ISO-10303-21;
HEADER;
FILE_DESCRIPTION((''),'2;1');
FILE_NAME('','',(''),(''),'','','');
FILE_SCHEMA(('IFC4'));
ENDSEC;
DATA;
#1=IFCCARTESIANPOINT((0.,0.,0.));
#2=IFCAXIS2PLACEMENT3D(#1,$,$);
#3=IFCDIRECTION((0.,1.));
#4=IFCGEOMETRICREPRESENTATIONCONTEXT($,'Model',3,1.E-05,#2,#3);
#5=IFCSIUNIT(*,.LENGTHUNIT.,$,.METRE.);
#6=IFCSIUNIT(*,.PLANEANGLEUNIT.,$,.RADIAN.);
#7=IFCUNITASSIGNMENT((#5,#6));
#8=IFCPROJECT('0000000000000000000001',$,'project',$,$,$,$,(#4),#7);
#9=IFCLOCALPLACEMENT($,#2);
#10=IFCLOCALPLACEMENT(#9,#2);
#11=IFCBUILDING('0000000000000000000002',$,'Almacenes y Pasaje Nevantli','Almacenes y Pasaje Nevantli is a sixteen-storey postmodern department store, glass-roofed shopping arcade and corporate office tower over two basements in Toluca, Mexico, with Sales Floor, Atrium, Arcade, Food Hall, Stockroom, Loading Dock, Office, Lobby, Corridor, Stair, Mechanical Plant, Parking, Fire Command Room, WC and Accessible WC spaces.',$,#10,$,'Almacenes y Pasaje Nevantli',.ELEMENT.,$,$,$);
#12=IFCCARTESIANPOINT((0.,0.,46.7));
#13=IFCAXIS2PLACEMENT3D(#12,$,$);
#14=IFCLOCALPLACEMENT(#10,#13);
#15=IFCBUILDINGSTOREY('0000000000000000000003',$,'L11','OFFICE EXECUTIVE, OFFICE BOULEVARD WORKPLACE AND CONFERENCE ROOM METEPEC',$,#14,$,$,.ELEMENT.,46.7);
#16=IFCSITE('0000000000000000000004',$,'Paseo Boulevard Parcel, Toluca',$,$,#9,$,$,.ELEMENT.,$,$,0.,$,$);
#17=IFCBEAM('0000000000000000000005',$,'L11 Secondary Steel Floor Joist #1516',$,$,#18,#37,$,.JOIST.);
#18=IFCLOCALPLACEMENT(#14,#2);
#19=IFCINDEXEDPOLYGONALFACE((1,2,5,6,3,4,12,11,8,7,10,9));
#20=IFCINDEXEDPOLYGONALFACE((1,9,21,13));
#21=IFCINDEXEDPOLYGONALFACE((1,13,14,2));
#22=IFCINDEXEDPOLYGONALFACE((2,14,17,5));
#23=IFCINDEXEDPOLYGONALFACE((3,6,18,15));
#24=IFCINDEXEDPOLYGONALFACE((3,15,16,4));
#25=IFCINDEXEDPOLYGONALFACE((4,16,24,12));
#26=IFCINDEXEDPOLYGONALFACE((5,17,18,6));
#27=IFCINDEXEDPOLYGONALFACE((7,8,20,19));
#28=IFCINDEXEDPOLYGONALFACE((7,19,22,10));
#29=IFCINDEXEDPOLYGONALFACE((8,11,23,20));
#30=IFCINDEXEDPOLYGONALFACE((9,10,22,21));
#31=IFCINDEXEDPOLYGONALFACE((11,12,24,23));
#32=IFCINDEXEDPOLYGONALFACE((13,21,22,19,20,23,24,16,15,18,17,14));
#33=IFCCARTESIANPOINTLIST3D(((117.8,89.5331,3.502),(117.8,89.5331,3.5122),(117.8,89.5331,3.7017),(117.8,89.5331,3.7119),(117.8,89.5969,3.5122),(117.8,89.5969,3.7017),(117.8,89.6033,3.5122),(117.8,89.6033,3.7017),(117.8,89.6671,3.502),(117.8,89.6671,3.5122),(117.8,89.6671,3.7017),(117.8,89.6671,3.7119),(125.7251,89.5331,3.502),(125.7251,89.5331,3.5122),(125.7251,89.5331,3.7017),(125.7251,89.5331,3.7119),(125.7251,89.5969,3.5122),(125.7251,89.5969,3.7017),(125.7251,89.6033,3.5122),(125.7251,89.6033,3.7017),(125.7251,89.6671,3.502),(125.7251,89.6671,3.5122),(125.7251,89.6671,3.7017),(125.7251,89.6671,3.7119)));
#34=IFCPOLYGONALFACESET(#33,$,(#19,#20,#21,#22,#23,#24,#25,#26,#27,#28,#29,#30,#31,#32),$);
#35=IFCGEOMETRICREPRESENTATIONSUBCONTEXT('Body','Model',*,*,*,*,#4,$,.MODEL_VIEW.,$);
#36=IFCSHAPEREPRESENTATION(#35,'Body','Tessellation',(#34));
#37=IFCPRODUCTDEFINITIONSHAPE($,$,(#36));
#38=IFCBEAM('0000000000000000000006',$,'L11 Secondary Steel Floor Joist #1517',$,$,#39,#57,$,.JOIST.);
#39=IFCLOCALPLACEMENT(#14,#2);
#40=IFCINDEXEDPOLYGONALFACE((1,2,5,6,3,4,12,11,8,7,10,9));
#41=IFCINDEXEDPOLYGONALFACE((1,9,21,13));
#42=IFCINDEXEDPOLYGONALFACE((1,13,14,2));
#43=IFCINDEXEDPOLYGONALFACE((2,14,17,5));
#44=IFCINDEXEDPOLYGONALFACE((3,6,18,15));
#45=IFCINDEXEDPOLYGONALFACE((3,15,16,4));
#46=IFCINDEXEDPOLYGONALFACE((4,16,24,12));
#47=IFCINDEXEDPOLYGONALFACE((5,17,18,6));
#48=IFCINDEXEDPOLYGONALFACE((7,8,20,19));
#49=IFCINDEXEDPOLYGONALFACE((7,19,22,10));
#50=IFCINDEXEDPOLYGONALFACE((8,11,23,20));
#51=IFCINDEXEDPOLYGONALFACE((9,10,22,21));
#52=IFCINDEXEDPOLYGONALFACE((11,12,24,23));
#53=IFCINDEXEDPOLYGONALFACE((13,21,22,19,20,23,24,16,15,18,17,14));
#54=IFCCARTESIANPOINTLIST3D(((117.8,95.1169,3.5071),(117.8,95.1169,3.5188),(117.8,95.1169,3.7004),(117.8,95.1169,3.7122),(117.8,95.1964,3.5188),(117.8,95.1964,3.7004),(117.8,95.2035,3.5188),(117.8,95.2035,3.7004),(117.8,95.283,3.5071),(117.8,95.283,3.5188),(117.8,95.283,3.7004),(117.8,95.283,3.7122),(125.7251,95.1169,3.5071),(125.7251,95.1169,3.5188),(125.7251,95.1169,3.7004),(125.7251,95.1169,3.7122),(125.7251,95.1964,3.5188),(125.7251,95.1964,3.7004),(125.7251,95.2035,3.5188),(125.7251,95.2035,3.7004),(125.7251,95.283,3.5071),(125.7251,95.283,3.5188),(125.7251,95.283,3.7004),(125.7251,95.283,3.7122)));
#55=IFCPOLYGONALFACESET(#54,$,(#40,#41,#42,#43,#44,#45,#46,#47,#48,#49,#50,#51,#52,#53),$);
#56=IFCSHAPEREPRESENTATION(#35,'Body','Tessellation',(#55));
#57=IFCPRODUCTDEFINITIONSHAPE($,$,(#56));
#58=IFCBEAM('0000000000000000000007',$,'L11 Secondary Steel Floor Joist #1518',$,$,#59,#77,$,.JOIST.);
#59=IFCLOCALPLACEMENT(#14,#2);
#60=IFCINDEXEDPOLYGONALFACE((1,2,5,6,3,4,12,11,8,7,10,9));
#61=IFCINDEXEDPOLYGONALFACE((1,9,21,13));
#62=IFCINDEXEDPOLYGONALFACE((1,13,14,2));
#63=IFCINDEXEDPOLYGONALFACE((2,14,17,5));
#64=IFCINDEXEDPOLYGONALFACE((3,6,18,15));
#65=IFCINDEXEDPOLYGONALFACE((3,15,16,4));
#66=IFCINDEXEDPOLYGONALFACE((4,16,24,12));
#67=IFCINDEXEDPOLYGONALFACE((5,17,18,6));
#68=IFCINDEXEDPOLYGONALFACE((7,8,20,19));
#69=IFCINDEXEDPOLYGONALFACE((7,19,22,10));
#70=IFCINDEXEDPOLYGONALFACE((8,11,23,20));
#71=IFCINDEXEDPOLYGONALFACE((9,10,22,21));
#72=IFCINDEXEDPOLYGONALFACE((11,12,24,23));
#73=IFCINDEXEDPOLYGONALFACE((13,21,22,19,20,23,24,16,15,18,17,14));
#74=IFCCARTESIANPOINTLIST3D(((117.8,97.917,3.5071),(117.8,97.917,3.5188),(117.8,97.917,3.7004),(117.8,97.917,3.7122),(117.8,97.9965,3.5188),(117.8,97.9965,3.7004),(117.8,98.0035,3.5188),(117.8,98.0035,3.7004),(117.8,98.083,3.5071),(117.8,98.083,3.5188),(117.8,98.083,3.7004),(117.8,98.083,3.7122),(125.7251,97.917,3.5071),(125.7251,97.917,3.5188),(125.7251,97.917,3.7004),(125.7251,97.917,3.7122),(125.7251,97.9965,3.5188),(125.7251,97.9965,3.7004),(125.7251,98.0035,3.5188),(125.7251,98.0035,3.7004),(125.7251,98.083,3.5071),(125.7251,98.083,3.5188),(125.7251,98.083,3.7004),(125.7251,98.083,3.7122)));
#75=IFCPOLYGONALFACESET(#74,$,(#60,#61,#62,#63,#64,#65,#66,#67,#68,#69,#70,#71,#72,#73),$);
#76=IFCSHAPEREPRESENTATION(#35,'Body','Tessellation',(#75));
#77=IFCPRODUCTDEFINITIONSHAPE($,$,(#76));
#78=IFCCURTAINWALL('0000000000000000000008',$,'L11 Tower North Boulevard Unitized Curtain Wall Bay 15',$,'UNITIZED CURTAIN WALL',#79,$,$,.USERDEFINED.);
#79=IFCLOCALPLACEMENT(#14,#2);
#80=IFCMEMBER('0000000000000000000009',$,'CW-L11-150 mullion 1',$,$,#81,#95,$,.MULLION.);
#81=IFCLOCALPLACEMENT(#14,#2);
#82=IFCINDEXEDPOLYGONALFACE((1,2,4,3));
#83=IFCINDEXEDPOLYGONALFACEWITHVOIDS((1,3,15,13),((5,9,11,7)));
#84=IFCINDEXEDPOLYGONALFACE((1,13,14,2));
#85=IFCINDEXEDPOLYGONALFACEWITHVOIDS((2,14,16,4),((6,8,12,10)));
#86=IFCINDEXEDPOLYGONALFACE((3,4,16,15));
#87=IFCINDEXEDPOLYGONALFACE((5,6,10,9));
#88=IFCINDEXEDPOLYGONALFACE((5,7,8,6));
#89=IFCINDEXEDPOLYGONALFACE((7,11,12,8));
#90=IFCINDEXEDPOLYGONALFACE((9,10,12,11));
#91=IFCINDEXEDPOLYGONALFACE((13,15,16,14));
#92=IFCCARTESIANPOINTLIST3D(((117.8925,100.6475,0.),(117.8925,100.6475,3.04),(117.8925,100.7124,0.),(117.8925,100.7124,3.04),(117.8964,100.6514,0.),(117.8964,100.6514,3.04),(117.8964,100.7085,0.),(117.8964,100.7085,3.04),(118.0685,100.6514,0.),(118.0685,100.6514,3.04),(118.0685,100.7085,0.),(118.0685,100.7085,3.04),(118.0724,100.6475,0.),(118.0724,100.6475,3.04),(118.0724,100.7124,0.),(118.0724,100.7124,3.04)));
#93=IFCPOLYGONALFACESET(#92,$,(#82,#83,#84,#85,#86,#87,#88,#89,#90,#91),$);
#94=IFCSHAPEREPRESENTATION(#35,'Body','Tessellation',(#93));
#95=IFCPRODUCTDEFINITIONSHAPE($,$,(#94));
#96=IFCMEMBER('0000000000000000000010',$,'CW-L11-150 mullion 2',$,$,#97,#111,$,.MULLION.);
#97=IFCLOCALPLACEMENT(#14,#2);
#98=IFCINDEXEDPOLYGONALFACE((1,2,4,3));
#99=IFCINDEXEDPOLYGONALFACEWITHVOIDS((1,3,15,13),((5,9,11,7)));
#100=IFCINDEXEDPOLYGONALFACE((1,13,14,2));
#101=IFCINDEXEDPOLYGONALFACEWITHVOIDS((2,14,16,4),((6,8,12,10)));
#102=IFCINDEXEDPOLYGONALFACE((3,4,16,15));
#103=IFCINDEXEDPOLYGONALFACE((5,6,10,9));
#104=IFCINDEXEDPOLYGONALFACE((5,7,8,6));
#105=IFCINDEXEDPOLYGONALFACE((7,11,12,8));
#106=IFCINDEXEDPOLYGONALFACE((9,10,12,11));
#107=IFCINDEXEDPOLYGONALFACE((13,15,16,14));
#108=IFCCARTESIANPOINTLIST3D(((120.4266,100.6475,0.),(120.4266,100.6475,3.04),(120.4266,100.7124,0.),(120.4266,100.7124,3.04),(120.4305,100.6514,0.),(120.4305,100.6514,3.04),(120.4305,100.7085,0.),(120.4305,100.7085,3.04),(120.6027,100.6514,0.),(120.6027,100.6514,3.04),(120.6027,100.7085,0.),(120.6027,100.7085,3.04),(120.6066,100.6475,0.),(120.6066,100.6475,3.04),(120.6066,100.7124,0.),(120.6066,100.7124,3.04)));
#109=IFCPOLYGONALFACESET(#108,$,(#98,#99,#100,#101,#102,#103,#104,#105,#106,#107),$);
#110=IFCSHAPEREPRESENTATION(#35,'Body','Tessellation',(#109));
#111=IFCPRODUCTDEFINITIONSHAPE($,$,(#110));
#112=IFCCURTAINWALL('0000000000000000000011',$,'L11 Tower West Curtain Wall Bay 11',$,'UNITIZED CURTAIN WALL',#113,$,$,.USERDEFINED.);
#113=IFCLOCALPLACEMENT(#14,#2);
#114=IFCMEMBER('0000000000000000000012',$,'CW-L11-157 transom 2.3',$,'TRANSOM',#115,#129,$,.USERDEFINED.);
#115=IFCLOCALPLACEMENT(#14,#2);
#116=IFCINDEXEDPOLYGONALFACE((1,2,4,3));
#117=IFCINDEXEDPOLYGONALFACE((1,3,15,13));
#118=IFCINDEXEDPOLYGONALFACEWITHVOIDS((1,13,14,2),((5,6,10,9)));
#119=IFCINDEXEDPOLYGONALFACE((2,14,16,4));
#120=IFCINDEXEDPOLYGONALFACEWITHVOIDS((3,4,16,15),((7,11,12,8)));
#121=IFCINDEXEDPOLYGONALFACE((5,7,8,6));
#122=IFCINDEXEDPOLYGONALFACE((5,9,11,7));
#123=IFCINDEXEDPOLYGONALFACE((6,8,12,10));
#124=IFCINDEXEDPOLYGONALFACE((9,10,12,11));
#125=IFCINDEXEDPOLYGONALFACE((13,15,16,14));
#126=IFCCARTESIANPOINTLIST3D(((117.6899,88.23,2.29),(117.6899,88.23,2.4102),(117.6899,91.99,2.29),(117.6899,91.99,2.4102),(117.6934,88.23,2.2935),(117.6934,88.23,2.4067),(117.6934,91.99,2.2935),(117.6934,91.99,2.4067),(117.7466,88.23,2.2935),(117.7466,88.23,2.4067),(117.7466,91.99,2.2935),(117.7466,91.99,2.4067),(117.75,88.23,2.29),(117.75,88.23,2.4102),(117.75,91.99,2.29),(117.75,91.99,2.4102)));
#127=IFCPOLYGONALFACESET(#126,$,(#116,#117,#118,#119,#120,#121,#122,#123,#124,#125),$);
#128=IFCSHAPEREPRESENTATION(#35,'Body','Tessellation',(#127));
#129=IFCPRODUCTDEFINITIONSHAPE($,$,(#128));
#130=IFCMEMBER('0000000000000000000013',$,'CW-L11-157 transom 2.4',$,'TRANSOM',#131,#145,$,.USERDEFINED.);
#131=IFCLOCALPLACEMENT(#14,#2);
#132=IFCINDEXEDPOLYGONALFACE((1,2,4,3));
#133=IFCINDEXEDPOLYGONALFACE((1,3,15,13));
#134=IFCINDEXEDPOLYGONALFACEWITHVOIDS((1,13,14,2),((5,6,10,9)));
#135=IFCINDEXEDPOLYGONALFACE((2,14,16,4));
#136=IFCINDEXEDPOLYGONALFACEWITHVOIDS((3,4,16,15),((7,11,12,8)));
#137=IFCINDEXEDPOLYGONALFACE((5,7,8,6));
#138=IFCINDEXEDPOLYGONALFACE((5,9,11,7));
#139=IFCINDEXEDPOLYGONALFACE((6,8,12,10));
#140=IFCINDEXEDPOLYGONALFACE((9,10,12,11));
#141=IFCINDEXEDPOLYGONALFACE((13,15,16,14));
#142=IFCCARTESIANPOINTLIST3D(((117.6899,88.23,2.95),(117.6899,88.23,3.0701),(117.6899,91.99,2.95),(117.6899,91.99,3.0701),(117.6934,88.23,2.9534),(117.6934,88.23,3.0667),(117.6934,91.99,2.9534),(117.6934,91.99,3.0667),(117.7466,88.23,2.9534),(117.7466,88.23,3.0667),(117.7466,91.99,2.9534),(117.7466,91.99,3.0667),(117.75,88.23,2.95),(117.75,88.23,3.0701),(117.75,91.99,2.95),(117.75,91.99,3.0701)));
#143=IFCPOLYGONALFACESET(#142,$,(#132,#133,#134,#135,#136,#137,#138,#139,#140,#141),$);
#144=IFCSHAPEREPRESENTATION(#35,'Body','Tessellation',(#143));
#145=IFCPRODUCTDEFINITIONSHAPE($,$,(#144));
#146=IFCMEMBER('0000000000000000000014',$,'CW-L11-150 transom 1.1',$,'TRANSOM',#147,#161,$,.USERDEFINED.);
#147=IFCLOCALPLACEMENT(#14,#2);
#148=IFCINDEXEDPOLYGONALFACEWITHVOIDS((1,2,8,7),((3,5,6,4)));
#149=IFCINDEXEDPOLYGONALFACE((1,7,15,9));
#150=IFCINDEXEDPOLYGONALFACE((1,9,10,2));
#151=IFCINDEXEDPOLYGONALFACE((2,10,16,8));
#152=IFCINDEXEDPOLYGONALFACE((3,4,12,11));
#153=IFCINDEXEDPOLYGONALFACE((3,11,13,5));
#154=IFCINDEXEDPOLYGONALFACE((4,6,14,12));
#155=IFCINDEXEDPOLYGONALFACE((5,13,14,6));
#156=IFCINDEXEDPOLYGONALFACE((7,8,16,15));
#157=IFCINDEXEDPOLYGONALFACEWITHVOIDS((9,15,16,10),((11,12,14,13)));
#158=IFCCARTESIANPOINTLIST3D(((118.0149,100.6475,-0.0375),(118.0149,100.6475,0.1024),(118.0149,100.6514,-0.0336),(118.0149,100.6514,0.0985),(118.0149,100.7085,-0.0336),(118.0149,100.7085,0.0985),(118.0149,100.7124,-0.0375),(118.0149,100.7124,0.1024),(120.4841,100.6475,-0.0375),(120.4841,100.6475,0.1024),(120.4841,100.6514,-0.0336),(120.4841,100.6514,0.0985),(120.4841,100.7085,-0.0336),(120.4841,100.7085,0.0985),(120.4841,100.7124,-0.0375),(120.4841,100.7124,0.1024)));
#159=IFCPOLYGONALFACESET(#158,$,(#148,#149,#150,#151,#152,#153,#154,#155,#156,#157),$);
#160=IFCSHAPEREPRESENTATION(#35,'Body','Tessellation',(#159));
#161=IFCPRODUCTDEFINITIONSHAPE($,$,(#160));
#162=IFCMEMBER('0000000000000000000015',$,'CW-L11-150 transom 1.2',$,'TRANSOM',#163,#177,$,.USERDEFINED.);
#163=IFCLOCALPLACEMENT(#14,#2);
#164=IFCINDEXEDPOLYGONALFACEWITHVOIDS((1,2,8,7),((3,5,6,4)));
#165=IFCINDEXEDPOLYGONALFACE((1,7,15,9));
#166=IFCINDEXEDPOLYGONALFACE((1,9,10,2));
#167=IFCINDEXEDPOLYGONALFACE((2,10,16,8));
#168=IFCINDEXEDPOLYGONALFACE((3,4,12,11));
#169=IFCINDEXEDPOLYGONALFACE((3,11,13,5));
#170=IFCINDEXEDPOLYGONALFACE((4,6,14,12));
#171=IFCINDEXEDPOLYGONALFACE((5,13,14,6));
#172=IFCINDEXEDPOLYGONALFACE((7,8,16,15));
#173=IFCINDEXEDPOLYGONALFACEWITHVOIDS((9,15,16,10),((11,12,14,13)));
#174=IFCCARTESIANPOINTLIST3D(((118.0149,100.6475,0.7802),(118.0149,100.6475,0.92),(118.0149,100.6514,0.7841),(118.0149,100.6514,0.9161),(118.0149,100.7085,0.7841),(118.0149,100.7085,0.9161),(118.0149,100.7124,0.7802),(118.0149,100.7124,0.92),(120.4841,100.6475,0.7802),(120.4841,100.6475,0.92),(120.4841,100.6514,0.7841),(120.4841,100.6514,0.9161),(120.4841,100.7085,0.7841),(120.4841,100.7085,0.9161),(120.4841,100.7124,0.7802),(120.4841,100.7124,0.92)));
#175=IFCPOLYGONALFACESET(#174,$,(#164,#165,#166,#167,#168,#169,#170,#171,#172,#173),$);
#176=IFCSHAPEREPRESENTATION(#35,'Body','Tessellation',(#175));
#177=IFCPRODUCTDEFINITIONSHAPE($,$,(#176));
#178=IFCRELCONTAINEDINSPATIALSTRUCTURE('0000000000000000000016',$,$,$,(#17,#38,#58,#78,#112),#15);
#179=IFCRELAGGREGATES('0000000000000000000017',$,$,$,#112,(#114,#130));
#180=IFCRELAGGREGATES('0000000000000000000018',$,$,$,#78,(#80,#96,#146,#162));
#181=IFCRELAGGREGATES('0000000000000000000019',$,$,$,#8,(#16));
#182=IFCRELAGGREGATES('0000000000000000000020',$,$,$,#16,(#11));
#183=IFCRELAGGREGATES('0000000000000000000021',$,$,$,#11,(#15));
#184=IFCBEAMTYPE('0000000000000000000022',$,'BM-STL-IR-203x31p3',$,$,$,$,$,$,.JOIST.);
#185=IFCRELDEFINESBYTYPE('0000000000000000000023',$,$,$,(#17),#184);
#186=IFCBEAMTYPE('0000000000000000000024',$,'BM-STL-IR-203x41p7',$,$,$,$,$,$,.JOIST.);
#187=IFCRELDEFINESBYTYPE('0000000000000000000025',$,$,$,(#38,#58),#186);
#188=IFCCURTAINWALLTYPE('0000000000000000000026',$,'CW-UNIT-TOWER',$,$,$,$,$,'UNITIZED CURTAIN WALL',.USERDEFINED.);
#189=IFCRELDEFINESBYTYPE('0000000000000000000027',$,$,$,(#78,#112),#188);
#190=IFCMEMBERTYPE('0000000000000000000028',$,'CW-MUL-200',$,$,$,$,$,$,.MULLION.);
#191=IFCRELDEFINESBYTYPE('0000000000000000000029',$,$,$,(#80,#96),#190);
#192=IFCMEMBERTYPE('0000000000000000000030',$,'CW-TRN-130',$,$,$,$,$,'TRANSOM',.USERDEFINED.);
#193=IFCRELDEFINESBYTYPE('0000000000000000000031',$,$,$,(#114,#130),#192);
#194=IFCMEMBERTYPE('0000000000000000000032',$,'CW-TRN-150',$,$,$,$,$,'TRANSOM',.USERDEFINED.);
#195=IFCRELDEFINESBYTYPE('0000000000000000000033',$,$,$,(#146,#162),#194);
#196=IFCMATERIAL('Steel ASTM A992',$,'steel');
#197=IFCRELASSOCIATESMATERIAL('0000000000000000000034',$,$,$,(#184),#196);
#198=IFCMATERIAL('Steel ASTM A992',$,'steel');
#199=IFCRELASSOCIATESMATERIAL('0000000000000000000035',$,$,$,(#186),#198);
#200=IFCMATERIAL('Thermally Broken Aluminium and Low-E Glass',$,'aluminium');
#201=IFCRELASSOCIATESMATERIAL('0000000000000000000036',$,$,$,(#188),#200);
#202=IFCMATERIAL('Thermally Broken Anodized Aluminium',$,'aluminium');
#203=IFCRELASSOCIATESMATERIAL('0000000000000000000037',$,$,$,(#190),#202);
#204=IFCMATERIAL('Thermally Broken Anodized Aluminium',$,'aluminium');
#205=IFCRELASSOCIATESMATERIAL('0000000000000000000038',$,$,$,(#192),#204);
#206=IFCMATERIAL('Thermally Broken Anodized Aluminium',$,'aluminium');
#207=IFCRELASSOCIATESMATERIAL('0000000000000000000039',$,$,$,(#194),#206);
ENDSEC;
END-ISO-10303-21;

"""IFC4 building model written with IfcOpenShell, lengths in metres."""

from ifc_helpers import new_model, si_unit, direction, frame, origin, origin_2d, place, context, subcontext, project, spatial, hollow_rectangle, i_section, extrude, material, material_profile, profile_set, type_object, element, aggregate, save


model = new_model("IFC4")

# Units and contexts
model_context = context("Model", 3, precision=1e-05, world=origin(), true_north=direction((0.0, 1.0)))
body_context = subcontext(model_context, "Body", "Model", "MODEL_VIEW")
ifc_project = project(units=[si_unit("LENGTHUNIT", "METRE"), si_unit("PLANEANGLEUNIT", "RADIAN")], contexts=[model_context])

# Site, building, storey
site_placement = place(None, origin())
site = spatial("IfcSite", under=ifc_project, at=site_placement, Name="Paseo Boulevard Parcel, Toluca", CompositionType="ELEMENT", RefElevation=0.0)
building_placement = place(site_placement, origin())
building = spatial("IfcBuilding", under=site, at=building_placement, Name="Almacenes y Pasaje Nevantli", Description="Almacenes y Pasaje Nevantli is a sixteen-storey postmodern department store, glass-roofed shopping arcade and corporate office tower over two basements in Toluca, Mexico, with Sales Floor, Atrium, Arcade, Food Hall, Stockroom, Loading Dock, Office, Lobby, Corridor, Stair, Mechanical Plant, Parking, Fire Command Room, WC and Accessible WC spaces.", LongName="Almacenes y Pasaje Nevantli", CompositionType="ELEMENT")
storey_placement = place(building_placement, frame((0.0, 0.0, 46.7)))
storey = spatial("IfcBuildingStorey", under=building, at=storey_placement, Name="L11", Description="OFFICE EXECUTIVE, OFFICE BOULEVARD WORKPLACE AND CONFERENCE ROOM METEPEC", CompositionType="ELEMENT", Elevation=46.7)

# Beams
ifc_material_1 = material(Name="Steel ASTM A992", Category="steel")
ifc_material_profile_1 = material_profile(ifc_material_1, i_section(OverallWidth=0.134, OverallDepth=0.21, WebThickness=0.0063, FlangeThickness=0.0103, at=origin_2d()), Name="IR 203x31.3")
ifc_profile_set_1 = profile_set([ifc_material_profile_1], Name="Steel ASTM A992")
beam_type_1 = type_object("IfcBeamType", Name="BM-STL-IR-203x31p3", PredefinedType="JOIST", material=ifc_profile_set_1)
beam_placement = place(storey_placement, frame((117.8, 89.6001, 3.6069), z_axis=(1.0, 0.0, 0.0), x_axis=(0.0, 1.0, 0.0)))
element("IfcBeam", 1, at=beam_placement, inside=storey, type_object=beam_type_1, Name="L11 Secondary Steel Floor Joist #1516", PredefinedType="JOIST", context=body_context, shape_type="SweptSolid", body=[
    extrude(i_section(OverallWidth=0.134, OverallDepth=0.21, WebThickness=0.0063, FlangeThickness=0.0103, at=origin_2d()), origin(), (0.0, 0.0, 1.0), 7.925),
])
ifc_material_2 = material(Name="Steel ASTM A992", Category="steel")
ifc_material_profile_2 = material_profile(ifc_material_2, i_section(OverallWidth=0.166, OverallDepth=0.2051, WebThickness=0.0071, FlangeThickness=0.0117, at=origin_2d()), Name="IR 203x41.7")
ifc_profile_set_2 = profile_set([ifc_material_profile_2], Name="Steel ASTM A992")
beam_type_2 = type_object("IfcBeamType", Name="BM-STL-IR-203x41p7", PredefinedType="JOIST", material=ifc_profile_set_2)
for number, where, z_axis, x_axis, name in (
    (2, (117.8, 95.2, 3.6096), (1.0, 0.0, 0.0), (0.0, 1.0, 0.0), "L11 Secondary Steel Floor Joist #1517"),
    (3, (117.8, 98.0, 3.6096), (1.0, 0.0, 0.0), (0.0, 1.0, 0.0), "L11 Secondary Steel Floor Joist #1518"),
):
    element("IfcBeam", number, at=place(storey_placement, frame(where, z_axis=z_axis, x_axis=x_axis)), inside=storey, type_object=beam_type_2, Name=name, PredefinedType="JOIST", context=body_context, shape_type="SweptSolid", body=[
        extrude(i_section(OverallWidth=0.166, OverallDepth=0.2051, WebThickness=0.0071, FlangeThickness=0.0117, at=origin_2d()), origin(), (0.0, 0.0, 1.0), 7.925),
    ])

# Curtain walls, members
ifc_material_3 = material(Name="Thermally Broken Aluminium and Low-E Glass", Category="aluminium")
curtain_wall_type = type_object("IfcCurtainWallType", Name="CW-UNIT-TOWER", ElementType="UNITIZED CURTAIN WALL", PredefinedType="USERDEFINED", material=ifc_material_3)
curtain_wall_1_placement = place(storey_placement, origin())
curtain_wall_1 = element("IfcCurtainWall", 4, at=curtain_wall_1_placement, inside=storey, type_object=curtain_wall_type, Name="L11 Tower North Boulevard Unitized Curtain Wall Bay 15", ObjectType="UNITIZED CURTAIN WALL", PredefinedType="USERDEFINED")
ifc_material_4 = material(Name="Thermally Broken Anodized Aluminium", Category="aluminium")
ifc_material_profile_3 = material_profile(ifc_material_4, hollow_rectangle(XDim=0.0649, YDim=0.1799, WallThickness=0.0039, at=origin_2d()), Name="ALU-MUL-65x180")
ifc_profile_set_3 = profile_set([ifc_material_profile_3], Name="Thermally Broken Anodized Aluminium")
member_type_1 = type_object("IfcMemberType", Name="CW-MUL-200", PredefinedType="MULLION", material=ifc_profile_set_3)
member_1_placement = place(storey_placement, frame((117.9824, 100.6799, 0.0), z_axis=(0.0, 0.0, 1.0), x_axis=(0.0, 1.0, 0.0)))
member_1 = element("IfcMember", 5, at=member_1_placement, type_object=member_type_1, Name="CW-L11-150 mullion 1", PredefinedType="MULLION", context=body_context, shape_type="SweptSolid", body=[
    extrude(hollow_rectangle(XDim=0.0649, YDim=0.1799, WallThickness=0.0039, at=origin_2d()), origin(), (0.0, 0.0, 1.0), 3.04),
])
member_2_placement = place(storey_placement, frame((120.5166, 100.6799, 0.0), z_axis=(0.0, 0.0, 1.0), x_axis=(0.0, 1.0, 0.0)))
member_2 = element("IfcMember", 6, at=member_2_placement, type_object=member_type_1, Name="CW-L11-150 mullion 2", PredefinedType="MULLION", context=body_context, shape_type="SweptSolid", body=[
    extrude(hollow_rectangle(XDim=0.0649, YDim=0.1799, WallThickness=0.0039, at=origin_2d()), origin(), (0.0, 0.0, 1.0), 3.04),
])
curtain_wall_2_placement = place(storey_placement, origin())
curtain_wall_2 = element("IfcCurtainWall", 7, at=curtain_wall_2_placement, inside=storey, type_object=curtain_wall_type, Name="L11 Tower West Curtain Wall Bay 11", ObjectType="UNITIZED CURTAIN WALL", PredefinedType="USERDEFINED")
ifc_material_5 = material(Name="Thermally Broken Anodized Aluminium", Category="aluminium")
ifc_material_profile_4 = material_profile(ifc_material_5, hollow_rectangle(XDim=0.0601, YDim=0.1201, WallThickness=0.0034, at=origin_2d()), Name="ALU-TRN-60x120")
ifc_profile_set_4 = profile_set([ifc_material_profile_4], Name="Thermally Broken Anodized Aluminium")
member_type_2 = type_object("IfcMemberType", Name="CW-TRN-130", ElementType="TRANSOM", PredefinedType="USERDEFINED", material=ifc_profile_set_4)
member_3_placement = place(storey_placement, frame((117.72, 88.23, 2.3501), z_axis=(0.0, 1.0, 0.0), x_axis=(-1.0, 0.0, 0.0)))
member_3 = element("IfcMember", 8, at=member_3_placement, type_object=member_type_2, Name="CW-L11-157 transom 2.3", ObjectType="TRANSOM", PredefinedType="USERDEFINED", context=body_context, shape_type="SweptSolid", body=[
    extrude(hollow_rectangle(XDim=0.0601, YDim=0.1201, WallThickness=0.0034, at=origin_2d()), origin(), (0.0, 0.0, 1.0), 3.76),
])
member_4_placement = place(storey_placement, frame((117.72, 88.23, 3.01), z_axis=(0.0, 1.0, 0.0), x_axis=(-1.0, 0.0, 0.0)))
member_4 = element("IfcMember", 9, at=member_4_placement, type_object=member_type_2, Name="CW-L11-157 transom 2.4", ObjectType="TRANSOM", PredefinedType="USERDEFINED", context=body_context, shape_type="SweptSolid", body=[
    extrude(hollow_rectangle(XDim=0.0601, YDim=0.1201, WallThickness=0.0034, at=origin_2d()), origin(), (0.0, 0.0, 1.0), 3.76),
])

# Members
ifc_material_6 = material(Name="Thermally Broken Anodized Aluminium", Category="aluminium")
ifc_material_profile_5 = material_profile(ifc_material_6, hollow_rectangle(XDim=0.0649, YDim=0.1399, WallThickness=0.0039, at=origin_2d()), Name="ALU-TRN-65x140")
ifc_profile_set_5 = profile_set([ifc_material_profile_5], Name="Thermally Broken Anodized Aluminium")
member_type_3 = type_object("IfcMemberType", Name="CW-TRN-150", ElementType="TRANSOM", PredefinedType="USERDEFINED", material=ifc_profile_set_5)
member_5_placement = place(storey_placement, frame((118.0149, 100.6799, 0.0325), z_axis=(1.0, 0.0, 0.0), x_axis=(0.0, 1.0, 0.0)))
member_5 = element("IfcMember", 10, at=member_5_placement, type_object=member_type_3, Name="CW-L11-150 transom 1.1", ObjectType="TRANSOM", PredefinedType="USERDEFINED", context=body_context, shape_type="SweptSolid", body=[
    extrude(hollow_rectangle(XDim=0.0649, YDim=0.1399, WallThickness=0.0039, at=origin_2d()), origin(), (0.0, 0.0, 1.0), 2.4692),
])
member_6_placement = place(storey_placement, frame((118.0149, 100.6799, 0.8501), z_axis=(1.0, 0.0, 0.0), x_axis=(0.0, 1.0, 0.0)))
member_6 = element("IfcMember", 11, at=member_6_placement, type_object=member_type_3, Name="CW-L11-150 transom 1.2", ObjectType="TRANSOM", PredefinedType="USERDEFINED", context=body_context, shape_type="SweptSolid", body=[
    extrude(hollow_rectangle(XDim=0.0649, YDim=0.1399, WallThickness=0.0039, at=origin_2d()), origin(), (0.0, 0.0, 1.0), 2.4692),
])

aggregate(curtain_wall_2, [member_3, member_4])
aggregate(curtain_wall_1, [member_1, member_2, member_5, member_6])

save(model, "model.ifc")
